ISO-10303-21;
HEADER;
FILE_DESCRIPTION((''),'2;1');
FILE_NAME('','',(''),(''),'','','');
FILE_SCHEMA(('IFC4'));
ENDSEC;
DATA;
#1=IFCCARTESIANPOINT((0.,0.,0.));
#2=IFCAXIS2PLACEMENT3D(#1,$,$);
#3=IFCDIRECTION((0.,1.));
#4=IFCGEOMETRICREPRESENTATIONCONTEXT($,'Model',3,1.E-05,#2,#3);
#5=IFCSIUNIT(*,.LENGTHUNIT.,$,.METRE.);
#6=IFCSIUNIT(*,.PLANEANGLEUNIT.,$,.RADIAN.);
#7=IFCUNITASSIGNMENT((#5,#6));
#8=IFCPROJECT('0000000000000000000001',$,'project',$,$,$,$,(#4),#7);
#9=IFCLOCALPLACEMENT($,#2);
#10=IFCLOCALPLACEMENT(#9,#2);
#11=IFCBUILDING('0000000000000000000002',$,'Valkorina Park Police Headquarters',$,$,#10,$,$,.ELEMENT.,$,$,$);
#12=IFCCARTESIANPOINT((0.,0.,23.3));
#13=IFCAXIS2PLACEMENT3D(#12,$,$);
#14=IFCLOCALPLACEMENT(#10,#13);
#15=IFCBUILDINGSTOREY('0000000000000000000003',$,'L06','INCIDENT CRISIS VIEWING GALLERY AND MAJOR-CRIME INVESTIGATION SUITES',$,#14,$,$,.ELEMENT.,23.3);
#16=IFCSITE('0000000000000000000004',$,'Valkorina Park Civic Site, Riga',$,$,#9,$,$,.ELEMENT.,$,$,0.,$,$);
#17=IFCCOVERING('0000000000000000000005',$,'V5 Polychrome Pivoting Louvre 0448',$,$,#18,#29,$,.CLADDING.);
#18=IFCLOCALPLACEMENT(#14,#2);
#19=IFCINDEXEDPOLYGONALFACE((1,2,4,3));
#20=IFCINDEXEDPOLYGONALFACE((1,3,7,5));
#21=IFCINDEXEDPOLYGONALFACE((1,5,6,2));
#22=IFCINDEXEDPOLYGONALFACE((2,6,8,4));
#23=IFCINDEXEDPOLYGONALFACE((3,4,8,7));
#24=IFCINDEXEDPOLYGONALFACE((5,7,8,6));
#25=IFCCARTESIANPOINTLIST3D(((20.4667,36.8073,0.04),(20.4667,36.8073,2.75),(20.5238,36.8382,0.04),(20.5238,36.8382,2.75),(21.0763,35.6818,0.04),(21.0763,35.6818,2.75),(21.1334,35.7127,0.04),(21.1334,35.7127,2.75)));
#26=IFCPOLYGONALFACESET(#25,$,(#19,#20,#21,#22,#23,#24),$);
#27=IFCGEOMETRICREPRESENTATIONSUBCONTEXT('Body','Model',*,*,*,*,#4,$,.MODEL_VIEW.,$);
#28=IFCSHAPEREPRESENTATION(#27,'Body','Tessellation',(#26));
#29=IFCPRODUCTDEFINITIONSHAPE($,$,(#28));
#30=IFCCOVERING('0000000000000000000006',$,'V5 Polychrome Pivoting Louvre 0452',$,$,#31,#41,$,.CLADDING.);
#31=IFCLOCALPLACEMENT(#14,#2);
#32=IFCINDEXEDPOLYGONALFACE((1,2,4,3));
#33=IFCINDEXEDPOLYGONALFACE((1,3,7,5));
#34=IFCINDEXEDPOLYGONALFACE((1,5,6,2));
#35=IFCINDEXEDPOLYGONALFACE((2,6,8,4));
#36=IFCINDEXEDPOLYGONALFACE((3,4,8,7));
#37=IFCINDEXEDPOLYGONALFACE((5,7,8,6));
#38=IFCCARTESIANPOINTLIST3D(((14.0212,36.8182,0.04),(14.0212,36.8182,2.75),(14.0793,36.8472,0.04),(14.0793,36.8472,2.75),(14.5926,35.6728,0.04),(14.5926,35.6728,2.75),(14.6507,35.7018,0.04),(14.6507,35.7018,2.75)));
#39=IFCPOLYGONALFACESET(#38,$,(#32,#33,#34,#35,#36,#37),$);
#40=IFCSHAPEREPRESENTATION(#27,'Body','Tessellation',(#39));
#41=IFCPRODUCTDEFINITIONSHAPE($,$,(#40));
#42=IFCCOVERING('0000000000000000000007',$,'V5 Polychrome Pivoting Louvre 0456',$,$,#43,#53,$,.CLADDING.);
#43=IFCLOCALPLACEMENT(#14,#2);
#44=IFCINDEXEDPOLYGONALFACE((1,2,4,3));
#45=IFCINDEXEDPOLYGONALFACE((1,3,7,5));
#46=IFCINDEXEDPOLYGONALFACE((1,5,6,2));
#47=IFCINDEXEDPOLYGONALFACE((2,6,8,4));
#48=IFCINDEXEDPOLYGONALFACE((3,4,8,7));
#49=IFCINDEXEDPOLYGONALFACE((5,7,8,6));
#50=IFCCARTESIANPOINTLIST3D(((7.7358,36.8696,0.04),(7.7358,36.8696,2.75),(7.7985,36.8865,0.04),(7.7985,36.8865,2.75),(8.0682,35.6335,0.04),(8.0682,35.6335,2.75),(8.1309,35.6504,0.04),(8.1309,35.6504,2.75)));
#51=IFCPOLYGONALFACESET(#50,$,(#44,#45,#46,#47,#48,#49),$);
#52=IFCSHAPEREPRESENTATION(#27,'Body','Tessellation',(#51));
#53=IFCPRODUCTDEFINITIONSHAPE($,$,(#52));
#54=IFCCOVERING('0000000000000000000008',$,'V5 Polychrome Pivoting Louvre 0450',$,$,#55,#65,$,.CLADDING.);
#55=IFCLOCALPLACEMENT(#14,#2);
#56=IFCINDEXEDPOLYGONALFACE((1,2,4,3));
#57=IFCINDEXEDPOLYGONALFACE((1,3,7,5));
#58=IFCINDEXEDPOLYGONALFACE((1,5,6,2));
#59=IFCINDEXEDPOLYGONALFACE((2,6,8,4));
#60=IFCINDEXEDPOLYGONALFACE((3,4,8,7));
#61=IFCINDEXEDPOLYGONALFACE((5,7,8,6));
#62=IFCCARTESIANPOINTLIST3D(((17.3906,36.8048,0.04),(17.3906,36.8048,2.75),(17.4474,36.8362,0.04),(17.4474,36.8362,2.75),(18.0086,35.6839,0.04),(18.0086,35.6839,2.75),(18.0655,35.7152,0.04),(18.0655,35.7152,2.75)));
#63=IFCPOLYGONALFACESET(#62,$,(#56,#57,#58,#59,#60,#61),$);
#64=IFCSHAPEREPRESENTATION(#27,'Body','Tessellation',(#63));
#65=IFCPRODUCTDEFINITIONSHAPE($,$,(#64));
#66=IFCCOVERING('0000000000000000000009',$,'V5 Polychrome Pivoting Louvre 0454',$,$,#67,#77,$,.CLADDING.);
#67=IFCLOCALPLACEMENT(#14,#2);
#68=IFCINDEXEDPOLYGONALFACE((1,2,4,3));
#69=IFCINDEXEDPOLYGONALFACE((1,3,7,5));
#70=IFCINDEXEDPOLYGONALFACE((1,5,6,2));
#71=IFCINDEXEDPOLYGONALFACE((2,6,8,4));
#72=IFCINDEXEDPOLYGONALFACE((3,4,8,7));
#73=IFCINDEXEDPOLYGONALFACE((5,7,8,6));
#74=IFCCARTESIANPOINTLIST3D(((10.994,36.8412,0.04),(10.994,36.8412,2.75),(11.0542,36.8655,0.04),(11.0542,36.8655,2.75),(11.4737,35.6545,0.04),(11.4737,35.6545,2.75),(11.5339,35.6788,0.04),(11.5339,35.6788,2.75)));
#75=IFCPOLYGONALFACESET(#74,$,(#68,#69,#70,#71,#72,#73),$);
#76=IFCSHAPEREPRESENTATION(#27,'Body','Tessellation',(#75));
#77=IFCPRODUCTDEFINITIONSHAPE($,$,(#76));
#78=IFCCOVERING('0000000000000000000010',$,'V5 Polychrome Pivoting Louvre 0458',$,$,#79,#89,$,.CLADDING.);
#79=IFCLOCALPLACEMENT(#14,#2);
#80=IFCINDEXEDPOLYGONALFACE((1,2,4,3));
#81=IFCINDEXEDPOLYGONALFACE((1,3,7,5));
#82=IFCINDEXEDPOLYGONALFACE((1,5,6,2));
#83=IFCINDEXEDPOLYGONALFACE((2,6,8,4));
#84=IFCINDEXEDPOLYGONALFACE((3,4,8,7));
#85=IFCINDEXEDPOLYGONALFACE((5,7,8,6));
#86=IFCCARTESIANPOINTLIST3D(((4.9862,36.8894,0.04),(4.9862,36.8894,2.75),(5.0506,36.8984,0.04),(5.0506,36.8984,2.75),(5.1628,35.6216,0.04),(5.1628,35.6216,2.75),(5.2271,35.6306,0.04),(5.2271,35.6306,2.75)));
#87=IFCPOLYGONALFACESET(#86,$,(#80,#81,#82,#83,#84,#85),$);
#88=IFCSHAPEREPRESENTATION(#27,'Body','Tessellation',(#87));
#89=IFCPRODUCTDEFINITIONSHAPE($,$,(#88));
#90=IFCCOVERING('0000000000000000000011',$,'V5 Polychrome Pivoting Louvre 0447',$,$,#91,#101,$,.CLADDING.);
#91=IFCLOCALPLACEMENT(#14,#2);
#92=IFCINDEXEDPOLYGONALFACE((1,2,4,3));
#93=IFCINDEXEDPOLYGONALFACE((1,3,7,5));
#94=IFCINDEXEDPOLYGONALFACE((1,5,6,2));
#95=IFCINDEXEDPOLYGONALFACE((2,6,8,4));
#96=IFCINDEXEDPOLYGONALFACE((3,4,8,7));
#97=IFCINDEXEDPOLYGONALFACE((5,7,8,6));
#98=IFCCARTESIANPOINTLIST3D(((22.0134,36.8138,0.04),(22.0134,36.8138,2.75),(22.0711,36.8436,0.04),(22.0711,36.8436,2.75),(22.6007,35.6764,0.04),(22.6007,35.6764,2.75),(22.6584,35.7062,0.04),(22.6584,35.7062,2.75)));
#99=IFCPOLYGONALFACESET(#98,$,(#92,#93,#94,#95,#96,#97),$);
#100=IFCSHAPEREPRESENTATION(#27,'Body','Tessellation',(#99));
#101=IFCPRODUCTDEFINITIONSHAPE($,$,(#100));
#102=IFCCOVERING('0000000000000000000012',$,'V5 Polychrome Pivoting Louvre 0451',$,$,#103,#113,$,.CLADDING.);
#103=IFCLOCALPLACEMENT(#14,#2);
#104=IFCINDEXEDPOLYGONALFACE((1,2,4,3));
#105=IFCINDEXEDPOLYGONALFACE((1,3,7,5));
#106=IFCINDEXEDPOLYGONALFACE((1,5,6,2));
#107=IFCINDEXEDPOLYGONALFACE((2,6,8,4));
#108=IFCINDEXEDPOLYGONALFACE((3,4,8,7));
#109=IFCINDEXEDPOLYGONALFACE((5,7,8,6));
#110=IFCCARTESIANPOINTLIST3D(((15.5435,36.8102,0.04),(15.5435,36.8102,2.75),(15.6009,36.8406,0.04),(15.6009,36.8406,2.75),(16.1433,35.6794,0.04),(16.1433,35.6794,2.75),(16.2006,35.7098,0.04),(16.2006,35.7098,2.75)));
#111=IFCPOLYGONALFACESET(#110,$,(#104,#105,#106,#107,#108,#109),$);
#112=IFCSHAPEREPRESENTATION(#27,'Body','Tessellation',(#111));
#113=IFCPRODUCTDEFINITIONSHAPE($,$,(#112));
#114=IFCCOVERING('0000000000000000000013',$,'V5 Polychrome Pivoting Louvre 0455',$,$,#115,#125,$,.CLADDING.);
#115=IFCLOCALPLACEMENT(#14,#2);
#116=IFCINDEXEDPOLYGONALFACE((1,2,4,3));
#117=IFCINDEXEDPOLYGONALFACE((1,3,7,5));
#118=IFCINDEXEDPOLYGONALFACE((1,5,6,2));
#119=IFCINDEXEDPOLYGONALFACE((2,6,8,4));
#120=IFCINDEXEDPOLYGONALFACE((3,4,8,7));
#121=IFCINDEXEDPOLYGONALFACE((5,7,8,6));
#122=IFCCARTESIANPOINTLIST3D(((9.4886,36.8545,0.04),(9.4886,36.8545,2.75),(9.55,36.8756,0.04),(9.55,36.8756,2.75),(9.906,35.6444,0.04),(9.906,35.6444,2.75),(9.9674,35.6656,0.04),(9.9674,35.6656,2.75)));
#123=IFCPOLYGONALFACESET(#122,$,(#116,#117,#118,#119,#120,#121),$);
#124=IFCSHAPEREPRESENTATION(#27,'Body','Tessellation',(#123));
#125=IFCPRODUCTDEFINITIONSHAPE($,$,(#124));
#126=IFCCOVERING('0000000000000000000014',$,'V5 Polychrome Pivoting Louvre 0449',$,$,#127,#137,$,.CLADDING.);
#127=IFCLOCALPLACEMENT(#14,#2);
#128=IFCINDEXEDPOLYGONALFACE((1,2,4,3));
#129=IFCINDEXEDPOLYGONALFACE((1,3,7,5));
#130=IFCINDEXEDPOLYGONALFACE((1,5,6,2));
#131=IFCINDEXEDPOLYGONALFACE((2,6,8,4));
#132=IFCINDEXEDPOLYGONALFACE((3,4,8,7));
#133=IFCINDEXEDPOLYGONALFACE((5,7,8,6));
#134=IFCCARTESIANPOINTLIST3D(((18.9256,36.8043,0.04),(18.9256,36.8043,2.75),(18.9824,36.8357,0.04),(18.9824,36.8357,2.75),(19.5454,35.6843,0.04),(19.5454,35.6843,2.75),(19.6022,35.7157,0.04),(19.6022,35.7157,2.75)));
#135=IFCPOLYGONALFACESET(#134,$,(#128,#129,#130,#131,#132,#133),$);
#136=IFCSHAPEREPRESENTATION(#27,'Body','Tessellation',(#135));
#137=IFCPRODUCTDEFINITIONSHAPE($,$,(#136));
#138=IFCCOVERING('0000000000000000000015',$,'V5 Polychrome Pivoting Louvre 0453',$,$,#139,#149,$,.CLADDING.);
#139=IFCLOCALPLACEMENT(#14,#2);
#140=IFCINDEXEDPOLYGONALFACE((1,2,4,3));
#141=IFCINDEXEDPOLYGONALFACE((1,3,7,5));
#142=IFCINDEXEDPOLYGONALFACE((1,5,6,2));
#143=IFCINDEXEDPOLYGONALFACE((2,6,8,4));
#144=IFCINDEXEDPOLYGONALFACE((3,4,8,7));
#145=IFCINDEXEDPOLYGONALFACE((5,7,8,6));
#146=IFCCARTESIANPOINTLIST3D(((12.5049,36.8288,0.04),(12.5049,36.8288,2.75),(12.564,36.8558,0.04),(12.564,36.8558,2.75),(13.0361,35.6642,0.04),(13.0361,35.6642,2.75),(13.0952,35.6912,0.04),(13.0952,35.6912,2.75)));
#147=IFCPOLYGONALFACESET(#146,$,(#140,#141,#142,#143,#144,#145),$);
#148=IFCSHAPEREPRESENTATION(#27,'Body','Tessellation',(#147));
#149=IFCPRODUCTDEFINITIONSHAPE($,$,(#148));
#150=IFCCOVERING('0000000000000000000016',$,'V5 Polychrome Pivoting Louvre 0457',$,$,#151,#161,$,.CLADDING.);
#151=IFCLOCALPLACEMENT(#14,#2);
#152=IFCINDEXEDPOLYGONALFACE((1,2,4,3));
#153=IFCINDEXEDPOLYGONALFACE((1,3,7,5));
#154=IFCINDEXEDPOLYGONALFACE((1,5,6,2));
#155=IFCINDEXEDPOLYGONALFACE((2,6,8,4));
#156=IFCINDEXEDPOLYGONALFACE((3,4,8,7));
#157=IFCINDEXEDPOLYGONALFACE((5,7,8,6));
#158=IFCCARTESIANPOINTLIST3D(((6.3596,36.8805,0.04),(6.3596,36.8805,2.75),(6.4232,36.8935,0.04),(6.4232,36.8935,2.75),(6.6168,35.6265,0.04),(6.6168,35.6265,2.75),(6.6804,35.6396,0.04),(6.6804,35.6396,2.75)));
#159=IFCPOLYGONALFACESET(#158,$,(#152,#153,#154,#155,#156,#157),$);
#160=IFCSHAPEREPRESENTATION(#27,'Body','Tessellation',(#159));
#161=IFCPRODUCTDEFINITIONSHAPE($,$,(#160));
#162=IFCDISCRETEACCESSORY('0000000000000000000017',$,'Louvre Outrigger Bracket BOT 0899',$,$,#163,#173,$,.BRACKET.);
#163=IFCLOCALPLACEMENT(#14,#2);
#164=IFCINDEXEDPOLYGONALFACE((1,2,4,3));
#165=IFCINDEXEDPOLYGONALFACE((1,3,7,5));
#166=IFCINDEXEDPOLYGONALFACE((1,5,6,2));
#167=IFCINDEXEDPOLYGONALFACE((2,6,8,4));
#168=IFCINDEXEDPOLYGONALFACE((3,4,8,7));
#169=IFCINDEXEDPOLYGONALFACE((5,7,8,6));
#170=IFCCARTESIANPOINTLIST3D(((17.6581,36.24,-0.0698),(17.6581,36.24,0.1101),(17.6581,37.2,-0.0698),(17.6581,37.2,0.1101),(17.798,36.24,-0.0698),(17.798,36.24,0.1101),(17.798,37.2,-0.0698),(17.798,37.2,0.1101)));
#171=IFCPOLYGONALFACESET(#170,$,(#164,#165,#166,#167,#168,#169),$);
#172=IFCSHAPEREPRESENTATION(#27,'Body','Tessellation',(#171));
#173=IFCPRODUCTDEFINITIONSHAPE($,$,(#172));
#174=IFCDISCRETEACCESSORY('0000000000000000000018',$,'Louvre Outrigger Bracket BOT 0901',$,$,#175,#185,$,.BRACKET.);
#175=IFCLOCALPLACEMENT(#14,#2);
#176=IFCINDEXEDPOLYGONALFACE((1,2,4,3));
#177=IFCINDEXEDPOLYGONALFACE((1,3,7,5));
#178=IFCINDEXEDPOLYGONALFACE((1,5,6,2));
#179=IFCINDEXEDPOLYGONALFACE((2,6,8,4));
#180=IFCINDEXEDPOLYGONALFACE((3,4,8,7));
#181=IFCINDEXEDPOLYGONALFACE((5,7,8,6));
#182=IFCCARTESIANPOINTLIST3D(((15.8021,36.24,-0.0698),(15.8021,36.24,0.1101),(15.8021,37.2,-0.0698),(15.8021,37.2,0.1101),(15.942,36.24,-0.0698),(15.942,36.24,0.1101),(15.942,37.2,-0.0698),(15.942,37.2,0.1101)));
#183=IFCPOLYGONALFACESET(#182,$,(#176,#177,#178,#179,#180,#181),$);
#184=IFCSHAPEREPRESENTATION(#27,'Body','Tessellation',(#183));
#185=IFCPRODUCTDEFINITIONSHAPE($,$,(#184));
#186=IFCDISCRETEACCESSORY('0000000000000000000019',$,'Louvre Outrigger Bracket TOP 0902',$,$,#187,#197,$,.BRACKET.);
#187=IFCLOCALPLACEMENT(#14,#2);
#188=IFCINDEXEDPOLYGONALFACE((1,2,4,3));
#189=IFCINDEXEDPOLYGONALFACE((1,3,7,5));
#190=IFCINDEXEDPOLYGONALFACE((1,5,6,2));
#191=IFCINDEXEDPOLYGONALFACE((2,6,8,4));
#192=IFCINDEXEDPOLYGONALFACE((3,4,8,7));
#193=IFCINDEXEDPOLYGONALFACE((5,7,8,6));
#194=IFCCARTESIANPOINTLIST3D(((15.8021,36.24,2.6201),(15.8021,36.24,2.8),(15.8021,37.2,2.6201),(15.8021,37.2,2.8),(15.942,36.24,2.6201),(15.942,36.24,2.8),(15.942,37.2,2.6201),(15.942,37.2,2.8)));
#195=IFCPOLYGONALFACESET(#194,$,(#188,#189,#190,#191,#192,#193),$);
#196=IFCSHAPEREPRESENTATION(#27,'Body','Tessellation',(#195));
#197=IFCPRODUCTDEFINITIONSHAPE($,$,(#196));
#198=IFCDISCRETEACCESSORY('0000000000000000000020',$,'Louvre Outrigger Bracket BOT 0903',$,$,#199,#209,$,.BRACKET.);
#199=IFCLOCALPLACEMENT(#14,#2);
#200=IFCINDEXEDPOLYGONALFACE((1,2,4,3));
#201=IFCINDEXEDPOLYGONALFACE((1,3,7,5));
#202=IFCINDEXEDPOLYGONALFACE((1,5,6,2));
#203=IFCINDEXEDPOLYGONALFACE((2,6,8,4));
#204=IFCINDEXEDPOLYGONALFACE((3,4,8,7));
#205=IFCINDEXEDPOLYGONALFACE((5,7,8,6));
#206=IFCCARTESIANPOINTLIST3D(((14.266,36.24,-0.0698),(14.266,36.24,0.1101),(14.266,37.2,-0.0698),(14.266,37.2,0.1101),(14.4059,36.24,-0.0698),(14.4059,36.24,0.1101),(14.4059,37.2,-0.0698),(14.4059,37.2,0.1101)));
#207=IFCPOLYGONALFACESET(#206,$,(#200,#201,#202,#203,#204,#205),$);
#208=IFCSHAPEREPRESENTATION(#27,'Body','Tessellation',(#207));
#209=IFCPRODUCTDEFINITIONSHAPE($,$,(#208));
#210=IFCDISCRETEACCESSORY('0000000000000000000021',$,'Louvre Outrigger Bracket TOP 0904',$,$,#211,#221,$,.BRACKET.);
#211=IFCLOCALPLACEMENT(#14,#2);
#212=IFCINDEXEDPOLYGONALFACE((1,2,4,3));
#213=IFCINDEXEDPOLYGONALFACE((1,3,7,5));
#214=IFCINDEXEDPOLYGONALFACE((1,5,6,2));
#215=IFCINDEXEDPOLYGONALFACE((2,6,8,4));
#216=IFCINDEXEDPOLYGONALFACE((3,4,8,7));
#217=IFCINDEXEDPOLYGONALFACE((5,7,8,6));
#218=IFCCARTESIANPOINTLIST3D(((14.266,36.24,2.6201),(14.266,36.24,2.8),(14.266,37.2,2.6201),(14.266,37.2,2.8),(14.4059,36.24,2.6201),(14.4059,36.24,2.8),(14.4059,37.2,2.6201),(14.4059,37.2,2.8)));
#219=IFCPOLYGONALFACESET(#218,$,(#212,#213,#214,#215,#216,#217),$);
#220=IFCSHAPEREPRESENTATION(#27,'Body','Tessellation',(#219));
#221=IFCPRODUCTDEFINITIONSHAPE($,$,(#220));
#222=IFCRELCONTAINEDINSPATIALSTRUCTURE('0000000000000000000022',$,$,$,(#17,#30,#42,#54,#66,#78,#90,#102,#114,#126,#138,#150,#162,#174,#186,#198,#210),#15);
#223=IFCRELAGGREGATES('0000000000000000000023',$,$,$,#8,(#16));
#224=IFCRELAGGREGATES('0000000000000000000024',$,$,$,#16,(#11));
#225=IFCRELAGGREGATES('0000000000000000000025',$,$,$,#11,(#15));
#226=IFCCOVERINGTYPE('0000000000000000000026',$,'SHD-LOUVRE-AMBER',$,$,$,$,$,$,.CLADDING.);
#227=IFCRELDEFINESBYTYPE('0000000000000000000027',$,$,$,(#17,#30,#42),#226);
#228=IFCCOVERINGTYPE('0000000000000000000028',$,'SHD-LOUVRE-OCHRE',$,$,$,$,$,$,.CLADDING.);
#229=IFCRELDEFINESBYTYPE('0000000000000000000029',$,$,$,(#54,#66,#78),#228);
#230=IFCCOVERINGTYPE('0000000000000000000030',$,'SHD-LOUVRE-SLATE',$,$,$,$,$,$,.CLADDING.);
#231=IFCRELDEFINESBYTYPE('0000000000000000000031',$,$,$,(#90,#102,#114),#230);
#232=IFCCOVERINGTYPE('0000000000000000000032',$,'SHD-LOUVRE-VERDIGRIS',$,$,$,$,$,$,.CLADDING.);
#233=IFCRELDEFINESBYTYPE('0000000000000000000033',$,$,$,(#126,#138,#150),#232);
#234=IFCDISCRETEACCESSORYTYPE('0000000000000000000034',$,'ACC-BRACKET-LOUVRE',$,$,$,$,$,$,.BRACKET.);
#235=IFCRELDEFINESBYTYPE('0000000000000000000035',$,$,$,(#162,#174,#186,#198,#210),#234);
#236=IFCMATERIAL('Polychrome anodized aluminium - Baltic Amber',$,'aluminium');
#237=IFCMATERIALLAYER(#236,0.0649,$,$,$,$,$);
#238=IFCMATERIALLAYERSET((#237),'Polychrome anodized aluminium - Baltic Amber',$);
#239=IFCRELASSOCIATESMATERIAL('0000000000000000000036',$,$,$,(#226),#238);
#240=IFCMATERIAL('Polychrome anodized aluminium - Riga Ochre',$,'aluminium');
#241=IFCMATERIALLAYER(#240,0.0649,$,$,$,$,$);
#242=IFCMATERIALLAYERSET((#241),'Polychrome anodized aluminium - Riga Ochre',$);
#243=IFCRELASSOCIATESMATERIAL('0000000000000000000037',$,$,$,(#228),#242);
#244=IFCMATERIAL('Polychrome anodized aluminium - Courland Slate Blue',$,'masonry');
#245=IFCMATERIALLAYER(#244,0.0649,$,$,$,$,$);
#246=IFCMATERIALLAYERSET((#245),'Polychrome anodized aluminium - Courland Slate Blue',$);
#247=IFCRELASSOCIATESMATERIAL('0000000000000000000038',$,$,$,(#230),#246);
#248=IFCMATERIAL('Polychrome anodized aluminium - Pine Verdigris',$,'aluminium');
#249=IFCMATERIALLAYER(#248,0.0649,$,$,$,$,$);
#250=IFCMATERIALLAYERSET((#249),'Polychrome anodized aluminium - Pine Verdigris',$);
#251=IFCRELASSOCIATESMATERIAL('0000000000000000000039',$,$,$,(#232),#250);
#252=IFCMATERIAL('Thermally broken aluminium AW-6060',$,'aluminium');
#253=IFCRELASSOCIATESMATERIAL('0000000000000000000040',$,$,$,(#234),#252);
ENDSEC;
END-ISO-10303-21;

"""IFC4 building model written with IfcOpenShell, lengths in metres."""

from ifc_helpers import new_model, si_unit, direction, frame, origin, origin_2d, place, context, subcontext, project, spatial, rectangle, extrude, material, layer, layer_set, type_object, element, save


model = new_model("IFC4")

# Units and contexts
model_context = context("Model", 3, precision=1e-05, world=origin(), true_north=direction((0.0, 1.0)))
body_context = subcontext(model_context, "Body", "Model", "MODEL_VIEW")
ifc_project = project(units=[si_unit("LENGTHUNIT", "METRE"), si_unit("PLANEANGLEUNIT", "RADIAN")], contexts=[model_context])

# Site, building, storey
site_placement = place(None, origin())
site = spatial("IfcSite", under=ifc_project, at=site_placement, Name="Valkorina Park Civic Site, Riga", CompositionType="ELEMENT", RefElevation=0.0)
building_placement = place(site_placement, origin())
building = spatial("IfcBuilding", under=site, at=building_placement, Name="Valkorina Park Police Headquarters", CompositionType="ELEMENT")
storey_placement = place(building_placement, frame((0.0, 0.0, 23.3)))
storey = spatial("IfcBuildingStorey", under=building, at=storey_placement, Name="L06", Description="INCIDENT CRISIS VIEWING GALLERY AND MAJOR-CRIME INVESTIGATION SUITES", CompositionType="ELEMENT", Elevation=23.3)

# Coverings
ifc_material_1 = material(Name="Polychrome anodized aluminium - Baltic Amber", Category="aluminium")
ifc_layer_1 = layer(ifc_material_1, 0.0649)
ifc_layer_set_1 = layer_set([ifc_layer_1], Name="Polychrome anodized aluminium - Baltic Amber")
covering_type_1 = type_object("IfcCoveringType", Name="SHD-LOUVRE-AMBER", PredefinedType="CLADDING", material=ifc_layer_set_1)
for number, where, z_axis, x_axis, name in (
    (1, (20.8, 36.26, 0.04), (0.0, 0.0, 1.0), (0.476238, -0.879316, 0.0), "V5 Polychrome Pivoting Louvre 0448"),
    (2, (14.3359, 36.26, 0.04), (0.0, 0.0, 1.0), (0.446354, -0.894856, 0.0), "V5 Polychrome Pivoting Louvre 0452"),
    (3, (7.9333, 36.26, 0.04), (0.0, 0.0, 1.0), (0.259662, -0.9657, 0.0), "V5 Polychrome Pivoting Louvre 0456"),
):
    element("IfcCovering", number, at=place(storey_placement, frame(where, z_axis=z_axis, x_axis=x_axis)), inside=storey, type_object=covering_type_1, Name=name, PredefinedType="CLADDING", context=body_context, shape_type="SweptSolid", body=[
        extrude(rectangle(XDim=1.28, YDim=0.0649, at=origin_2d()), origin(), (0.0, 0.0, 1.0), 2.71),
    ])
ifc_material_2 = material(Name="Polychrome anodized aluminium - Riga Ochre", Category="aluminium")
ifc_layer_2 = layer(ifc_material_2, 0.0649)
ifc_layer_set_2 = layer_set([ifc_layer_2], Name="Polychrome anodized aluminium - Riga Ochre")
covering_type_2 = type_object("IfcCoveringType", Name="SHD-LOUVRE-OCHRE", PredefinedType="CLADDING", material=ifc_layer_set_2)
for number, where, z_axis, x_axis, name in (
    (4, (17.728, 36.26, 0.04), (0.0, 0.0, 1.0), (0.482824, -0.875717, 0.0), "V5 Polychrome Pivoting Louvre 0450"),
    (5, (11.2639, 36.26, 0.04), (0.0, 0.0, 1.0), (0.374768, -0.927118, 0.0), "V5 Polychrome Pivoting Louvre 0454"),
    (6, (5.1067, 36.26, 0.04), (0.0, 0.0, 1.0), (0.137963, -0.990437, 0.0), "V5 Polychrome Pivoting Louvre 0458"),
):
    element("IfcCovering", number, at=place(storey_placement, frame(where, z_axis=z_axis, x_axis=x_axis)), inside=storey, type_object=covering_type_2, Name=name, PredefinedType="CLADDING", context=body_context, shape_type="SweptSolid", body=[
        extrude(rectangle(XDim=1.28, YDim=0.0649, at=origin_2d()), origin(), (0.0, 0.0, 1.0), 2.71),
    ])
ifc_material_3 = material(Name="Polychrome anodized aluminium - Courland Slate Blue", Category="masonry")
ifc_layer_3 = layer(ifc_material_3, 0.0649)
ifc_layer_set_3 = layer_set([ifc_layer_3], Name="Polychrome anodized aluminium - Courland Slate Blue")
covering_type_3 = type_object("IfcCoveringType", Name="SHD-LOUVRE-SLATE", PredefinedType="CLADDING", material=ifc_layer_set_3)
for number, where, z_axis, x_axis, name in (
    (7, (22.3359, 36.26, 0.04), (0.0, 0.0, 1.0), (0.458805, -0.888537, 0.0), "V5 Polychrome Pivoting Louvre 0447"),
    (8, (15.8721, 36.26, 0.04), (0.0, 0.0, 1.0), (0.468547, -0.883439, 0.0), "V5 Polychrome Pivoting Louvre 0451"),
    (9, (9.728, 36.26, 0.04), (0.0, 0.0, 1.0), (0.326063, -0.945348, 0.0), "V5 Polychrome Pivoting Louvre 0455"),
):
    element("IfcCovering", number, at=place(storey_placement, frame(where, z_axis=z_axis, x_axis=x_axis)), inside=storey, type_object=covering_type_3, Name=name, PredefinedType="CLADDING", context=body_context, shape_type="SweptSolid", body=[
        extrude(rectangle(XDim=1.28, YDim=0.0649, at=origin_2d()), origin(), (0.0, 0.0, 1.0), 2.71),
    ])
ifc_material_4 = material(Name="Polychrome anodized aluminium - Pine Verdigris", Category="aluminium")
ifc_layer_4 = layer(ifc_material_4, 0.0649)
ifc_layer_set_4 = layer_set([ifc_layer_4], Name="Polychrome anodized aluminium - Pine Verdigris")
covering_type_4 = type_object("IfcCoveringType", Name="SHD-LOUVRE-VERDIGRIS", PredefinedType="CLADDING", material=ifc_layer_set_4)
for number, where, z_axis, x_axis, name in (
    (10, (19.2639, 36.26, 0.04), (0.0, 0.0, 1.0), (0.484199, -0.874958, 0.0), "V5 Polychrome Pivoting Louvre 0449"),
    (11, (12.8, 36.26, 0.04), (0.0, 0.0, 1.0), (0.415011, -0.909816, 0.0), "V5 Polychrome Pivoting Louvre 0453"),
    (12, (6.52, 36.26, 0.04), (0.0, 0.0, 1.0), (0.200907, -0.97961, 0.0), "V5 Polychrome Pivoting Louvre 0457"),
):
    element("IfcCovering", number, at=place(storey_placement, frame(where, z_axis=z_axis, x_axis=x_axis)), inside=storey, type_object=covering_type_4, Name=name, PredefinedType="CLADDING", context=body_context, shape_type="SweptSolid", body=[
        extrude(rectangle(XDim=1.28, YDim=0.0649, at=origin_2d()), origin(), (0.0, 0.0, 1.0), 2.71),
    ])

# Discrete accessories
ifc_material_5 = material(Name="Thermally broken aluminium AW-6060", Category="aluminium")
discrete_accessory_type = type_object("IfcDiscreteAccessoryType", Name="ACC-BRACKET-LOUVRE", PredefinedType="BRACKET", material=ifc_material_5)
for number, where, z_axis, x_axis, name in (
    (13, (17.728, 36.72, -0.0698), (0.0, 0.0, 1.0), (0.0, -1.0, 0.0), "Louvre Outrigger Bracket BOT 0899"),
    (14, (15.8721, 36.72, -0.0698), (0.0, 0.0, 1.0), (0.0, -1.0, 0.0), "Louvre Outrigger Bracket BOT 0901"),
    (15, (15.8721, 36.72, 2.6201), (0.0, 0.0, 1.0), (0.0, -1.0, 0.0), "Louvre Outrigger Bracket TOP 0902"),
    (16, (14.3359, 36.72, -0.0698), (0.0, 0.0, 1.0), (0.0, -1.0, 0.0), "Louvre Outrigger Bracket BOT 0903"),
    (17, (14.3359, 36.72, 2.6201), (0.0, 0.0, 1.0), (0.0, -1.0, 0.0), "Louvre Outrigger Bracket TOP 0904"),
):
    element("IfcDiscreteAccessory", number, at=place(storey_placement, frame(where, z_axis=z_axis, x_axis=x_axis)), inside=storey, type_object=discrete_accessory_type, Name=name, PredefinedType="BRACKET", context=body_context, shape_type="SweptSolid", body=[
        extrude(rectangle(XDim=0.96, YDim=0.1399, at=origin_2d()), origin(), (0.0, 0.0, 1.0), 0.1799),
    ])

save(model, "model.ifc")
